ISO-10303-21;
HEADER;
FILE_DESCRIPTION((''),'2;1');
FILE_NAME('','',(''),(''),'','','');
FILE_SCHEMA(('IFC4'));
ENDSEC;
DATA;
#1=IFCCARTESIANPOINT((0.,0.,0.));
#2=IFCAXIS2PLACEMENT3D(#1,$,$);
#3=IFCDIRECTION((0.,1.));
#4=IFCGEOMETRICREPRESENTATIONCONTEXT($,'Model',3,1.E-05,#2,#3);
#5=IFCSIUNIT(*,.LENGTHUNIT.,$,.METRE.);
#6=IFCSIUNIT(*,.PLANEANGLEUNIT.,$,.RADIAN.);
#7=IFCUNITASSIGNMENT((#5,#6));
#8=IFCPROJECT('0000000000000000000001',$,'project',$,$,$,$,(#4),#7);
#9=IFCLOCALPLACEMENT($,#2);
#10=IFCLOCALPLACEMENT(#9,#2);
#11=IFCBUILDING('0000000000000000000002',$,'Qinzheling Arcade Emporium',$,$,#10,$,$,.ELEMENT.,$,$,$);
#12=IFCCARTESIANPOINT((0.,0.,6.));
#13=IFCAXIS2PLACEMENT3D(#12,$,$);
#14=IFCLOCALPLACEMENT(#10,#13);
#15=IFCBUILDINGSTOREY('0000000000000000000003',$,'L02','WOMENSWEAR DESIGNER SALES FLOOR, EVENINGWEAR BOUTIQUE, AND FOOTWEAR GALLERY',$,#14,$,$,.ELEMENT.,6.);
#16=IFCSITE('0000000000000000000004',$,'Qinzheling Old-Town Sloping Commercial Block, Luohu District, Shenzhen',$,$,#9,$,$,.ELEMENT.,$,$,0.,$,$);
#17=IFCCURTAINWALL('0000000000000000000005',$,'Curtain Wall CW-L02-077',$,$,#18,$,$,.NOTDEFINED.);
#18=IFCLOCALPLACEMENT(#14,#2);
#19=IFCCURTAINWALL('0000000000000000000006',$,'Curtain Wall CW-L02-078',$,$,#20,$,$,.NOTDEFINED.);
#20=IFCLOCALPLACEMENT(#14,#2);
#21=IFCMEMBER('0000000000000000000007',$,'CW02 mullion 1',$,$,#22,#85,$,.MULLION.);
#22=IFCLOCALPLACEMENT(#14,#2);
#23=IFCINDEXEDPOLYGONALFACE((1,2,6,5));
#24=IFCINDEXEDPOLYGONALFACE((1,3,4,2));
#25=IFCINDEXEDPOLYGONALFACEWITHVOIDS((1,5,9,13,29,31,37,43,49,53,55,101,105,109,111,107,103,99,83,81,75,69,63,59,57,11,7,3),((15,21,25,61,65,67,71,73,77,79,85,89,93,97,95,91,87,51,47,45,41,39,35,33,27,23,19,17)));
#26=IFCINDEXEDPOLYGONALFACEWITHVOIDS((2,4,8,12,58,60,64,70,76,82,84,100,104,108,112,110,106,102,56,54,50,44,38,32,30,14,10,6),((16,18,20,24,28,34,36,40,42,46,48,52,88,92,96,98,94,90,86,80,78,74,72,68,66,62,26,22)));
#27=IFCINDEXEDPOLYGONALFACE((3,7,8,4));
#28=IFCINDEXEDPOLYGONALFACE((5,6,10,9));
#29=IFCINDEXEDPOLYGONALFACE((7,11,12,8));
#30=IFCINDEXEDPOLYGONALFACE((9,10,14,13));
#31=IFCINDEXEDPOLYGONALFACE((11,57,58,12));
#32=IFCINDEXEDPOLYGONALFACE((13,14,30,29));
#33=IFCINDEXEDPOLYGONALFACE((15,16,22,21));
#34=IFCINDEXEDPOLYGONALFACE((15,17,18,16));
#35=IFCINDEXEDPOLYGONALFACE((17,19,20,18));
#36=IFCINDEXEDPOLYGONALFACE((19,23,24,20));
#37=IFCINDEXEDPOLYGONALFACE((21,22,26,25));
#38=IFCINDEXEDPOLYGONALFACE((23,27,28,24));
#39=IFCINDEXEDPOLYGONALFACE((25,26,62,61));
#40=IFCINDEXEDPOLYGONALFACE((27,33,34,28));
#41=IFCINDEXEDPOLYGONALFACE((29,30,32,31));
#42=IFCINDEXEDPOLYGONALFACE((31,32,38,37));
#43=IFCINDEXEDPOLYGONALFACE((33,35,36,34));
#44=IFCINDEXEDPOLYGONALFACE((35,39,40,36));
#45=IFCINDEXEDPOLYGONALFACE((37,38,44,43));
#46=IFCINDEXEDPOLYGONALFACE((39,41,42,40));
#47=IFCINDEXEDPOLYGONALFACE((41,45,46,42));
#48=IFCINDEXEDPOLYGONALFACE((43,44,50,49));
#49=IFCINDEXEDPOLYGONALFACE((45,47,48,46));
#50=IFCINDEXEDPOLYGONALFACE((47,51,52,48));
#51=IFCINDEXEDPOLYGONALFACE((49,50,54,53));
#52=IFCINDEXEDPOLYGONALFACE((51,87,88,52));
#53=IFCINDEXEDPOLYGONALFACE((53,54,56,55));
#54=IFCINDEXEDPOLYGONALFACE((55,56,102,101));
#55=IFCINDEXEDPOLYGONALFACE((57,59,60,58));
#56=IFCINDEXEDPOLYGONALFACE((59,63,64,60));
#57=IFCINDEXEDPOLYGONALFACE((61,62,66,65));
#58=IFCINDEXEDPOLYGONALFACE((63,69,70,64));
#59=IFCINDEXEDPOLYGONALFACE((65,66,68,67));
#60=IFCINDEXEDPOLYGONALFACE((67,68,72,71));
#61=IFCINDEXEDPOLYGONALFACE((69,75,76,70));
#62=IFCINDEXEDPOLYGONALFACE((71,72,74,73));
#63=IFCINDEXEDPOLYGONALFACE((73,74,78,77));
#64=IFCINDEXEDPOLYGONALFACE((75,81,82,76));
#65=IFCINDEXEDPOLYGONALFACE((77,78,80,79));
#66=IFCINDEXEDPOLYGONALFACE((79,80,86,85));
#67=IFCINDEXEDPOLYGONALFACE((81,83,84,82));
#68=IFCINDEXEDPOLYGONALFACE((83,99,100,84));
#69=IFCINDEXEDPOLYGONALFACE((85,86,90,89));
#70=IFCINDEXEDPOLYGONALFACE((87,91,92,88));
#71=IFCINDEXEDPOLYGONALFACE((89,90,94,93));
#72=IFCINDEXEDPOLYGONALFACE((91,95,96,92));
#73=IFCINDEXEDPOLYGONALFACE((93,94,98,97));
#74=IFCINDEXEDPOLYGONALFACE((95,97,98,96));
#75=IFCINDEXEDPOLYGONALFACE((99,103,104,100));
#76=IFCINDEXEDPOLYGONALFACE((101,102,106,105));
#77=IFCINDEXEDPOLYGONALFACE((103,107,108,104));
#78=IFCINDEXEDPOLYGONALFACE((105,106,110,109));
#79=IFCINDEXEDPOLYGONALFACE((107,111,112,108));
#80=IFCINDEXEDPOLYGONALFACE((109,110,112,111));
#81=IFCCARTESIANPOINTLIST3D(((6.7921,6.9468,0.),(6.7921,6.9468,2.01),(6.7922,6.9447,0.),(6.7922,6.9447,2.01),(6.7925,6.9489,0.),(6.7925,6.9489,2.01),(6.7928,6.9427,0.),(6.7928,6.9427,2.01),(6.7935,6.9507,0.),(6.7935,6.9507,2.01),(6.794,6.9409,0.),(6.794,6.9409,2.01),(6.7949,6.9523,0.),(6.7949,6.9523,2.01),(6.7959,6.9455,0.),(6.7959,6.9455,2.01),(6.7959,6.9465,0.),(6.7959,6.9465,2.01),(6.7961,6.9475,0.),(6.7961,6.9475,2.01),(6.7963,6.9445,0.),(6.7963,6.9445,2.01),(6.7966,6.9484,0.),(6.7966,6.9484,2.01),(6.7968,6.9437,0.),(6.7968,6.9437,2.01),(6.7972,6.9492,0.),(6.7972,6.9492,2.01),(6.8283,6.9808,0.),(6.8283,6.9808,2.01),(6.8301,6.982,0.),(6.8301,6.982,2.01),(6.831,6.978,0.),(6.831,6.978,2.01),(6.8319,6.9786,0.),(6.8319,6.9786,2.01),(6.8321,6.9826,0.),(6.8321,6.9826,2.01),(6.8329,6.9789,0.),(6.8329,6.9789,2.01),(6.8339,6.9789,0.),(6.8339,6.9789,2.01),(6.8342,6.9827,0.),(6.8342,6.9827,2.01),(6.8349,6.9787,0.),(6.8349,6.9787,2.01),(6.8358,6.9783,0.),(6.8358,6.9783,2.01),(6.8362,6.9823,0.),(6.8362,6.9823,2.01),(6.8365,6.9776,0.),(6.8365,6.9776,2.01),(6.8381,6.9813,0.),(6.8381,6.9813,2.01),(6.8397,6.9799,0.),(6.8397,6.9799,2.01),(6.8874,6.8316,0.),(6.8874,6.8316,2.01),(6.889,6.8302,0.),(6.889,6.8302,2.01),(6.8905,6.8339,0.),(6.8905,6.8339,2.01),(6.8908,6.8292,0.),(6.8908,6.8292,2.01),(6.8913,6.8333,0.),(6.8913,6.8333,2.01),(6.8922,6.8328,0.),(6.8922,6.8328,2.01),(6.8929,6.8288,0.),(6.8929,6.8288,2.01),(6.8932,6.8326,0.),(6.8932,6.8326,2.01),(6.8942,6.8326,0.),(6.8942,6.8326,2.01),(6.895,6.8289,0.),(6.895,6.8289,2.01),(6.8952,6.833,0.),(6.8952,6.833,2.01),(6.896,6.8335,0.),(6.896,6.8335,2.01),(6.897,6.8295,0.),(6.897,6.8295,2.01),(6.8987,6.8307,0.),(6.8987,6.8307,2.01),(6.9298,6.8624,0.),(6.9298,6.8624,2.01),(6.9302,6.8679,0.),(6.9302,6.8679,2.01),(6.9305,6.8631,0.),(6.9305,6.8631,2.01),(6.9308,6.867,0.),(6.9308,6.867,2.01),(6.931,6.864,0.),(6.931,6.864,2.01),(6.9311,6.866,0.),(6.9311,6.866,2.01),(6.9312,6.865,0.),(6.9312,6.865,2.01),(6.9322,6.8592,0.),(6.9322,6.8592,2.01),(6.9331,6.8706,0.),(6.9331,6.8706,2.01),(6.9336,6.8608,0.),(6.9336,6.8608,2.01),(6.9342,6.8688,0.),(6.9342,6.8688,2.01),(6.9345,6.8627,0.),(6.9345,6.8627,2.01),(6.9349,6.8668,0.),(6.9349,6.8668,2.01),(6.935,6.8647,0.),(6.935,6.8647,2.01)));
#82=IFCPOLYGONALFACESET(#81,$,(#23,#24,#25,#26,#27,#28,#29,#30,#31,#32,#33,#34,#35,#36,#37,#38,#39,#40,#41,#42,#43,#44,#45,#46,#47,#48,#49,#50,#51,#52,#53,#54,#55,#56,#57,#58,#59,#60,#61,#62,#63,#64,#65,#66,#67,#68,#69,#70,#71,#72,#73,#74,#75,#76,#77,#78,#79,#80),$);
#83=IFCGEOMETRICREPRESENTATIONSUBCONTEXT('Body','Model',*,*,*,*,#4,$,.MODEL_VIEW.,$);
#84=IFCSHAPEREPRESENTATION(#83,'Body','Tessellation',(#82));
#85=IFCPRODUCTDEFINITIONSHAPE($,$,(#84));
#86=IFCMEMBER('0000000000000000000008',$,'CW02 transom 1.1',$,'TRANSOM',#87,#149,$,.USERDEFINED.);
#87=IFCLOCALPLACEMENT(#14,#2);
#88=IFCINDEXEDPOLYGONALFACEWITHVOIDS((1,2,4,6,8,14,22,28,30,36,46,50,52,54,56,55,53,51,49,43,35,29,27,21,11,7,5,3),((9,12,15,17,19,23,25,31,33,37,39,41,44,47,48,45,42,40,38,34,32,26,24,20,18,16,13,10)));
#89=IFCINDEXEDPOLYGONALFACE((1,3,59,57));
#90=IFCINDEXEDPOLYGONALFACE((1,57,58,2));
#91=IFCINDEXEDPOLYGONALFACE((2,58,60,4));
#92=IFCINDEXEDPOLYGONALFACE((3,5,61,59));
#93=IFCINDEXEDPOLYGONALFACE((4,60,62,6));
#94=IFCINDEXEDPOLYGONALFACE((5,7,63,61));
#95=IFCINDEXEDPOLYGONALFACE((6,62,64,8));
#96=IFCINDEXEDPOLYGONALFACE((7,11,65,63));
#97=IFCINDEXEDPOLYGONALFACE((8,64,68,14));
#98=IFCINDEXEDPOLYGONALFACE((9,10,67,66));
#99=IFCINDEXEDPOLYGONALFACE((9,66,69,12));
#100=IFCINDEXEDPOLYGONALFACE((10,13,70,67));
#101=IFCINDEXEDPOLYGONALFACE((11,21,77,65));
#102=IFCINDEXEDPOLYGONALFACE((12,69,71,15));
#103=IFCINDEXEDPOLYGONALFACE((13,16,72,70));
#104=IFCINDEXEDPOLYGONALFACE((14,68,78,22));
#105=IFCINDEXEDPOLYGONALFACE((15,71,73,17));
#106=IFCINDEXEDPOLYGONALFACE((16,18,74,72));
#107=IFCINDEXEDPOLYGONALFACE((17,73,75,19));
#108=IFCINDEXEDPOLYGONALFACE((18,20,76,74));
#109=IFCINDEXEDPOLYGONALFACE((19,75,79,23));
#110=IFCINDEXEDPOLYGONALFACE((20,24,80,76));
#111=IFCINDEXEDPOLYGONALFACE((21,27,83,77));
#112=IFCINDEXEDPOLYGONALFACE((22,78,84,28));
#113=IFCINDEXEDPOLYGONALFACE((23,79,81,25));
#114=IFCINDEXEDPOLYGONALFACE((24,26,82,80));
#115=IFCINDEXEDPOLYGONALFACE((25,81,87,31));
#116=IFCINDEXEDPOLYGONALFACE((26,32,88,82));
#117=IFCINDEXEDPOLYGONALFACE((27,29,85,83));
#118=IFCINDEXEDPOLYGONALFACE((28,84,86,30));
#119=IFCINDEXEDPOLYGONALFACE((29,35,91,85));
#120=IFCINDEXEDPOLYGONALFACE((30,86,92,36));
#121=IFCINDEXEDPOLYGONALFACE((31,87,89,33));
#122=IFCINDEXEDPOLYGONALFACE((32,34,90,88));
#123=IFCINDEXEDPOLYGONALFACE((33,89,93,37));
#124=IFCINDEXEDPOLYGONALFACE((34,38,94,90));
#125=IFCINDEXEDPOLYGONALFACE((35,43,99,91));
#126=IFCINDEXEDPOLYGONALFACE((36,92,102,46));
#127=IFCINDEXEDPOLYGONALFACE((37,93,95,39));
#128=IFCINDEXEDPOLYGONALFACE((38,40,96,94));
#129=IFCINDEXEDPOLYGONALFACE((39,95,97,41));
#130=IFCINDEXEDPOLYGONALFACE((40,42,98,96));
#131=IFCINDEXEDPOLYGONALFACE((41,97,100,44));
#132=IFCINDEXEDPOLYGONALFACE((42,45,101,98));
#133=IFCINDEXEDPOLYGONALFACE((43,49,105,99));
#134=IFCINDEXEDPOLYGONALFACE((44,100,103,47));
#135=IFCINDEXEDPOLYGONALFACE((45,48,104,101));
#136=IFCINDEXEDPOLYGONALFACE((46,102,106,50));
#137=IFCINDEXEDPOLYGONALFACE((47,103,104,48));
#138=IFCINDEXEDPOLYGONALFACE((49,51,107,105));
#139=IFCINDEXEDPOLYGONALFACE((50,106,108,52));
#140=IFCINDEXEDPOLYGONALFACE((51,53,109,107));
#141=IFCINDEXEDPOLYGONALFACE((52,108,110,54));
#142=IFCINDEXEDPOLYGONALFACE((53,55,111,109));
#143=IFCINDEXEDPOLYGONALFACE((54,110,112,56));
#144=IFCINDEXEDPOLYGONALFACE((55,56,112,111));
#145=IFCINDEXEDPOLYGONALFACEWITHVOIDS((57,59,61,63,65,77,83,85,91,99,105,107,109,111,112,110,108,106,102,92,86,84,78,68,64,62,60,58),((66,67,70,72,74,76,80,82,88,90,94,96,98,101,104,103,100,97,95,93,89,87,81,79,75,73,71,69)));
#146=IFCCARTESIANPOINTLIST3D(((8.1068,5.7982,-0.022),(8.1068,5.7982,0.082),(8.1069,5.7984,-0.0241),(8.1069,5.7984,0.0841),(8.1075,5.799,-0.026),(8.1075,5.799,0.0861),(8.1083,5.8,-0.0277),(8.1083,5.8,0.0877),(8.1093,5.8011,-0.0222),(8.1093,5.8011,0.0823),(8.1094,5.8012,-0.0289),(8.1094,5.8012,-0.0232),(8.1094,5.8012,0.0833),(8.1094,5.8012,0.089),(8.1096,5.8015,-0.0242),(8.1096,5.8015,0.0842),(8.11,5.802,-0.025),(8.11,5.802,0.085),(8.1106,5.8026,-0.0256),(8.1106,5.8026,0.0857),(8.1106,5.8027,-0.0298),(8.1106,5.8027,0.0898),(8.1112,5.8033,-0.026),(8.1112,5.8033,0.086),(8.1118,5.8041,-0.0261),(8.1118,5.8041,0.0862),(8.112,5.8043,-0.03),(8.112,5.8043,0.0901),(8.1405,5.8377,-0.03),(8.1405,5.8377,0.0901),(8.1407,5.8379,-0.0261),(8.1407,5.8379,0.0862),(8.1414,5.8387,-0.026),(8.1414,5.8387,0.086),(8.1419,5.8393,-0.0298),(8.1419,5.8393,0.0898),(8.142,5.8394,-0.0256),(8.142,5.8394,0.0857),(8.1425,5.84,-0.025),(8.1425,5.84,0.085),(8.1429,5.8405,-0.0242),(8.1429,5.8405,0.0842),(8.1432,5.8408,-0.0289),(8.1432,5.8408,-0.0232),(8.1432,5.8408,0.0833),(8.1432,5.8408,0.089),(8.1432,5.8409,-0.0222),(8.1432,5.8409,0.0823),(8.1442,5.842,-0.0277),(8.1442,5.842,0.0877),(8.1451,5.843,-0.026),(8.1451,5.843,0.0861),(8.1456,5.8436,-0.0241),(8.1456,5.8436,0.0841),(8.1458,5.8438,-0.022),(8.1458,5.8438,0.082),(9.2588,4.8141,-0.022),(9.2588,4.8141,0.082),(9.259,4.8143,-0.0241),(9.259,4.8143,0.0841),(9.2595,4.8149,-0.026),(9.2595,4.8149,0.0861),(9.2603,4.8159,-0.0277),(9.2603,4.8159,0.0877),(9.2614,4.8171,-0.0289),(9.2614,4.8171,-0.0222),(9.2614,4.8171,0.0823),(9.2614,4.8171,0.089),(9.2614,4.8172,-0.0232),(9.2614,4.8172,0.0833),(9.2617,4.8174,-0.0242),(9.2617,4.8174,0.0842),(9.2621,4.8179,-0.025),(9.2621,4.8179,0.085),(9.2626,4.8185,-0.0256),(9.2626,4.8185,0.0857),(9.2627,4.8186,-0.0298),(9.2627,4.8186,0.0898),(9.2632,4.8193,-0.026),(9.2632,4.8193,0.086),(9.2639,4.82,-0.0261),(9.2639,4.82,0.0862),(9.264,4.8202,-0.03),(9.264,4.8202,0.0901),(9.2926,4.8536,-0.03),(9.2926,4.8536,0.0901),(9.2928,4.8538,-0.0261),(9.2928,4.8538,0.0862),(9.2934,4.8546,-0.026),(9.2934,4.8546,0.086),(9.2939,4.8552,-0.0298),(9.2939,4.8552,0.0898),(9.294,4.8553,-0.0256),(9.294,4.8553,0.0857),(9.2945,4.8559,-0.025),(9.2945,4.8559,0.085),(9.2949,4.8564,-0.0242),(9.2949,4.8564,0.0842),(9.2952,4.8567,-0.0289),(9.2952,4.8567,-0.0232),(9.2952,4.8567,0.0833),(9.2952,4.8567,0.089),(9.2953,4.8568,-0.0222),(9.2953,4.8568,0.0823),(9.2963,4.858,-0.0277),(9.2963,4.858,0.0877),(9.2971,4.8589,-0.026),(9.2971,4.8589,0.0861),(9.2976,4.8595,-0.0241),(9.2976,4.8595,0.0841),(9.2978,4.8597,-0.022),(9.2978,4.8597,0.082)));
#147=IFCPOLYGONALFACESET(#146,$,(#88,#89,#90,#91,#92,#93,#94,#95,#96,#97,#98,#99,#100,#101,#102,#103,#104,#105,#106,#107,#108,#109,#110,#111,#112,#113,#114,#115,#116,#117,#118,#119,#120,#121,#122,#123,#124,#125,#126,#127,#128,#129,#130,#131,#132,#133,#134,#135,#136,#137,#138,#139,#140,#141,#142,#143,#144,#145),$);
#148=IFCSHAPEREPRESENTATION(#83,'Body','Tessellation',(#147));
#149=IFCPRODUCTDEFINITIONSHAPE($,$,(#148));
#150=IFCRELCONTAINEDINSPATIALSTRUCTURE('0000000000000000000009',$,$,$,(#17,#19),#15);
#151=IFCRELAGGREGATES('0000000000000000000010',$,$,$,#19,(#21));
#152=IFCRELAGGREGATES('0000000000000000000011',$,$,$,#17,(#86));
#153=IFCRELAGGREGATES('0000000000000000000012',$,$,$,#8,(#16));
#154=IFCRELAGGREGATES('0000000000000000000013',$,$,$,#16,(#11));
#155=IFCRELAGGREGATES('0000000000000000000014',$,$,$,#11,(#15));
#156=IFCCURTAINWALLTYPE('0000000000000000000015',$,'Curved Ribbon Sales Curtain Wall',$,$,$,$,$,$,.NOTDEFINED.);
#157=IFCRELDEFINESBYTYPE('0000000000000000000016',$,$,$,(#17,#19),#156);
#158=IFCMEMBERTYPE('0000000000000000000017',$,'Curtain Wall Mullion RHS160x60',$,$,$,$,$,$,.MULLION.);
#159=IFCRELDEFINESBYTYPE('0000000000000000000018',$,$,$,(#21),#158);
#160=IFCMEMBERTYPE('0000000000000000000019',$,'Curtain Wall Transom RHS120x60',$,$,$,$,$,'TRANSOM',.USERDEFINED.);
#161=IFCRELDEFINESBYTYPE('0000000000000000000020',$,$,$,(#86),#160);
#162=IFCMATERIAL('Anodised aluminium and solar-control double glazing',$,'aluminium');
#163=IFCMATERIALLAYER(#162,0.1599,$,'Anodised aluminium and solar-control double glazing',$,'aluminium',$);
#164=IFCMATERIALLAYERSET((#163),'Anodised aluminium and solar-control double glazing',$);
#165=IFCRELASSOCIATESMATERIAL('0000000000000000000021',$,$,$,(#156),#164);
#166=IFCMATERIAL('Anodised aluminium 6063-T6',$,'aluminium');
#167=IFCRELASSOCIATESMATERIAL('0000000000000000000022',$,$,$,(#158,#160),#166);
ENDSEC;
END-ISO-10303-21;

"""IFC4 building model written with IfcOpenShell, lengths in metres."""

from ifc_helpers import new_model, si_unit, direction, frame, origin, origin_2d, place, context, subcontext, project, spatial, hollow_rectangle, extrude, material, layer, layer_set, material_profile, profile_set, type_object, element, aggregate, save


model = new_model("IFC4")

# Units and contexts
model_context = context("Model", 3, precision=1e-05, world=origin(), true_north=direction((0.0, 1.0)))
body_context = subcontext(model_context, "Body", "Model", "MODEL_VIEW")
ifc_project = project(units=[si_unit("LENGTHUNIT", "METRE"), si_unit("PLANEANGLEUNIT", "RADIAN")], contexts=[model_context])

# Site, building, storey
site_placement = place(None, origin())
site = spatial("IfcSite", under=ifc_project, at=site_placement, Name="Qinzheling Old-Town Sloping Commercial Block, Luohu District, Shenzhen", CompositionType="ELEMENT", RefElevation=0.0)
building_placement = place(site_placement, origin())
building = spatial("IfcBuilding", under=site, at=building_placement, Name="Qinzheling Arcade Emporium", CompositionType="ELEMENT")
storey_placement = place(building_placement, frame((0.0, 0.0, 6.0)))
storey = spatial("IfcBuildingStorey", under=building, at=storey_placement, Name="L02", Description="WOMENSWEAR DESIGNER SALES FLOOR, EVENINGWEAR BOUTIQUE, AND FOOTWEAR GALLERY", CompositionType="ELEMENT", Elevation=6.0)

# Curtain wall
ifc_material_1 = material(Name="Anodised aluminium and solar-control double glazing", Category="aluminium")
ifc_layer_1 = layer(ifc_material_1, 0.1599, Name="Anodised aluminium and solar-control double glazing", Category="aluminium")
ifc_layer_set_1 = layer_set([ifc_layer_1], Name="Anodised aluminium and solar-control double glazing")
curtain_wall_type = type_object("IfcCurtainWallType", Name="Curved Ribbon Sales Curtain Wall", PredefinedType="NOTDEFINED", material=ifc_layer_set_1)
curtain_wall_1_placement = place(storey_placement, origin())
curtain_wall_1 = element("IfcCurtainWall", 1, at=curtain_wall_1_placement, inside=storey, type_object=curtain_wall_type, Name="Curtain Wall CW-L02-077", PredefinedType="NOTDEFINED")
ifc_material_2 = material(Name="Anodised aluminium 6063-T6", Category="aluminium")
ifc_material_profile_1 = material_profile(ifc_material_2, hollow_rectangle(XDim=0.0601, YDim=0.1599, WallThickness=0.0039, InnerFilletRadius=0.0039, OuterFilletRadius=0.0081, at=origin_2d()), Name="RHS 160x60x4", Category="aluminium")
ifc_profile_set_1 = profile_set([ifc_material_profile_1], Name="Anodised aluminium 6063-T6")
member_type_1 = type_object("IfcMemberType", Name="Curtain Wall Mullion RHS160x60", PredefinedType="MULLION", material=ifc_profile_set_1)

# Curtain wall, member
curtain_wall_2_placement = place(storey_placement, origin())
curtain_wall_2 = element("IfcCurtainWall", 2, at=curtain_wall_2_placement, inside=storey, type_object=curtain_wall_type, Name="Curtain Wall CW-L02-078", PredefinedType="NOTDEFINED")
member_1_placement = place(storey_placement, frame((6.8635, 6.9058, 0.0), z_axis=(0.0, 0.0, 1.0), x_axis=(-0.760377, -0.649482, 0.0)))
member_1 = element("IfcMember", 3, at=member_1_placement, type_object=member_type_1, Name="CW02 mullion 1", PredefinedType="MULLION", context=body_context, shape_type="SweptSolid", body=[
    extrude(hollow_rectangle(XDim=0.0601, YDim=0.1599, WallThickness=0.0039, InnerFilletRadius=0.0039, OuterFilletRadius=0.0081, at=origin_2d()), origin(), (0.0, 0.0, 1.0), 2.01),
])

# Member
ifc_material_profile_2 = material_profile(ifc_material_2, hollow_rectangle(XDim=0.0601, YDim=0.1201, WallThickness=0.0039, InnerFilletRadius=0.0039, OuterFilletRadius=0.0081, at=origin_2d()), Name="RHS 120x60x4", Category="aluminium")
ifc_profile_set_2 = profile_set([ifc_material_profile_2], Name="Anodised aluminium 6063-T6")
member_type_2 = type_object("IfcMemberType", Name="Curtain Wall Transom RHS120x60", ElementType="TRANSOM", PredefinedType="USERDEFINED", material=ifc_profile_set_2)
member_2_placement = place(storey_placement, frame((9.2783, 4.8369, 0.03), z_axis=(-0.760359, 0.649503, 0.0), x_axis=(-0.649503, -0.760359, 0.0)))
member_2 = element("IfcMember", 4, at=member_2_placement, type_object=member_type_2, Name="CW02 transom 1.1", ObjectType="TRANSOM", PredefinedType="USERDEFINED", context=body_context, shape_type="SweptSolid", body=[
    extrude(hollow_rectangle(XDim=0.0601, YDim=0.1201, WallThickness=0.0039, InnerFilletRadius=0.0039, OuterFilletRadius=0.0081, at=origin_2d()), origin(), (0.0, 0.0, 1.0), 1.5151),
])
aggregate(curtain_wall_2, [member_1])

aggregate(curtain_wall_1, [member_2])

save(model, "model.ifc")
